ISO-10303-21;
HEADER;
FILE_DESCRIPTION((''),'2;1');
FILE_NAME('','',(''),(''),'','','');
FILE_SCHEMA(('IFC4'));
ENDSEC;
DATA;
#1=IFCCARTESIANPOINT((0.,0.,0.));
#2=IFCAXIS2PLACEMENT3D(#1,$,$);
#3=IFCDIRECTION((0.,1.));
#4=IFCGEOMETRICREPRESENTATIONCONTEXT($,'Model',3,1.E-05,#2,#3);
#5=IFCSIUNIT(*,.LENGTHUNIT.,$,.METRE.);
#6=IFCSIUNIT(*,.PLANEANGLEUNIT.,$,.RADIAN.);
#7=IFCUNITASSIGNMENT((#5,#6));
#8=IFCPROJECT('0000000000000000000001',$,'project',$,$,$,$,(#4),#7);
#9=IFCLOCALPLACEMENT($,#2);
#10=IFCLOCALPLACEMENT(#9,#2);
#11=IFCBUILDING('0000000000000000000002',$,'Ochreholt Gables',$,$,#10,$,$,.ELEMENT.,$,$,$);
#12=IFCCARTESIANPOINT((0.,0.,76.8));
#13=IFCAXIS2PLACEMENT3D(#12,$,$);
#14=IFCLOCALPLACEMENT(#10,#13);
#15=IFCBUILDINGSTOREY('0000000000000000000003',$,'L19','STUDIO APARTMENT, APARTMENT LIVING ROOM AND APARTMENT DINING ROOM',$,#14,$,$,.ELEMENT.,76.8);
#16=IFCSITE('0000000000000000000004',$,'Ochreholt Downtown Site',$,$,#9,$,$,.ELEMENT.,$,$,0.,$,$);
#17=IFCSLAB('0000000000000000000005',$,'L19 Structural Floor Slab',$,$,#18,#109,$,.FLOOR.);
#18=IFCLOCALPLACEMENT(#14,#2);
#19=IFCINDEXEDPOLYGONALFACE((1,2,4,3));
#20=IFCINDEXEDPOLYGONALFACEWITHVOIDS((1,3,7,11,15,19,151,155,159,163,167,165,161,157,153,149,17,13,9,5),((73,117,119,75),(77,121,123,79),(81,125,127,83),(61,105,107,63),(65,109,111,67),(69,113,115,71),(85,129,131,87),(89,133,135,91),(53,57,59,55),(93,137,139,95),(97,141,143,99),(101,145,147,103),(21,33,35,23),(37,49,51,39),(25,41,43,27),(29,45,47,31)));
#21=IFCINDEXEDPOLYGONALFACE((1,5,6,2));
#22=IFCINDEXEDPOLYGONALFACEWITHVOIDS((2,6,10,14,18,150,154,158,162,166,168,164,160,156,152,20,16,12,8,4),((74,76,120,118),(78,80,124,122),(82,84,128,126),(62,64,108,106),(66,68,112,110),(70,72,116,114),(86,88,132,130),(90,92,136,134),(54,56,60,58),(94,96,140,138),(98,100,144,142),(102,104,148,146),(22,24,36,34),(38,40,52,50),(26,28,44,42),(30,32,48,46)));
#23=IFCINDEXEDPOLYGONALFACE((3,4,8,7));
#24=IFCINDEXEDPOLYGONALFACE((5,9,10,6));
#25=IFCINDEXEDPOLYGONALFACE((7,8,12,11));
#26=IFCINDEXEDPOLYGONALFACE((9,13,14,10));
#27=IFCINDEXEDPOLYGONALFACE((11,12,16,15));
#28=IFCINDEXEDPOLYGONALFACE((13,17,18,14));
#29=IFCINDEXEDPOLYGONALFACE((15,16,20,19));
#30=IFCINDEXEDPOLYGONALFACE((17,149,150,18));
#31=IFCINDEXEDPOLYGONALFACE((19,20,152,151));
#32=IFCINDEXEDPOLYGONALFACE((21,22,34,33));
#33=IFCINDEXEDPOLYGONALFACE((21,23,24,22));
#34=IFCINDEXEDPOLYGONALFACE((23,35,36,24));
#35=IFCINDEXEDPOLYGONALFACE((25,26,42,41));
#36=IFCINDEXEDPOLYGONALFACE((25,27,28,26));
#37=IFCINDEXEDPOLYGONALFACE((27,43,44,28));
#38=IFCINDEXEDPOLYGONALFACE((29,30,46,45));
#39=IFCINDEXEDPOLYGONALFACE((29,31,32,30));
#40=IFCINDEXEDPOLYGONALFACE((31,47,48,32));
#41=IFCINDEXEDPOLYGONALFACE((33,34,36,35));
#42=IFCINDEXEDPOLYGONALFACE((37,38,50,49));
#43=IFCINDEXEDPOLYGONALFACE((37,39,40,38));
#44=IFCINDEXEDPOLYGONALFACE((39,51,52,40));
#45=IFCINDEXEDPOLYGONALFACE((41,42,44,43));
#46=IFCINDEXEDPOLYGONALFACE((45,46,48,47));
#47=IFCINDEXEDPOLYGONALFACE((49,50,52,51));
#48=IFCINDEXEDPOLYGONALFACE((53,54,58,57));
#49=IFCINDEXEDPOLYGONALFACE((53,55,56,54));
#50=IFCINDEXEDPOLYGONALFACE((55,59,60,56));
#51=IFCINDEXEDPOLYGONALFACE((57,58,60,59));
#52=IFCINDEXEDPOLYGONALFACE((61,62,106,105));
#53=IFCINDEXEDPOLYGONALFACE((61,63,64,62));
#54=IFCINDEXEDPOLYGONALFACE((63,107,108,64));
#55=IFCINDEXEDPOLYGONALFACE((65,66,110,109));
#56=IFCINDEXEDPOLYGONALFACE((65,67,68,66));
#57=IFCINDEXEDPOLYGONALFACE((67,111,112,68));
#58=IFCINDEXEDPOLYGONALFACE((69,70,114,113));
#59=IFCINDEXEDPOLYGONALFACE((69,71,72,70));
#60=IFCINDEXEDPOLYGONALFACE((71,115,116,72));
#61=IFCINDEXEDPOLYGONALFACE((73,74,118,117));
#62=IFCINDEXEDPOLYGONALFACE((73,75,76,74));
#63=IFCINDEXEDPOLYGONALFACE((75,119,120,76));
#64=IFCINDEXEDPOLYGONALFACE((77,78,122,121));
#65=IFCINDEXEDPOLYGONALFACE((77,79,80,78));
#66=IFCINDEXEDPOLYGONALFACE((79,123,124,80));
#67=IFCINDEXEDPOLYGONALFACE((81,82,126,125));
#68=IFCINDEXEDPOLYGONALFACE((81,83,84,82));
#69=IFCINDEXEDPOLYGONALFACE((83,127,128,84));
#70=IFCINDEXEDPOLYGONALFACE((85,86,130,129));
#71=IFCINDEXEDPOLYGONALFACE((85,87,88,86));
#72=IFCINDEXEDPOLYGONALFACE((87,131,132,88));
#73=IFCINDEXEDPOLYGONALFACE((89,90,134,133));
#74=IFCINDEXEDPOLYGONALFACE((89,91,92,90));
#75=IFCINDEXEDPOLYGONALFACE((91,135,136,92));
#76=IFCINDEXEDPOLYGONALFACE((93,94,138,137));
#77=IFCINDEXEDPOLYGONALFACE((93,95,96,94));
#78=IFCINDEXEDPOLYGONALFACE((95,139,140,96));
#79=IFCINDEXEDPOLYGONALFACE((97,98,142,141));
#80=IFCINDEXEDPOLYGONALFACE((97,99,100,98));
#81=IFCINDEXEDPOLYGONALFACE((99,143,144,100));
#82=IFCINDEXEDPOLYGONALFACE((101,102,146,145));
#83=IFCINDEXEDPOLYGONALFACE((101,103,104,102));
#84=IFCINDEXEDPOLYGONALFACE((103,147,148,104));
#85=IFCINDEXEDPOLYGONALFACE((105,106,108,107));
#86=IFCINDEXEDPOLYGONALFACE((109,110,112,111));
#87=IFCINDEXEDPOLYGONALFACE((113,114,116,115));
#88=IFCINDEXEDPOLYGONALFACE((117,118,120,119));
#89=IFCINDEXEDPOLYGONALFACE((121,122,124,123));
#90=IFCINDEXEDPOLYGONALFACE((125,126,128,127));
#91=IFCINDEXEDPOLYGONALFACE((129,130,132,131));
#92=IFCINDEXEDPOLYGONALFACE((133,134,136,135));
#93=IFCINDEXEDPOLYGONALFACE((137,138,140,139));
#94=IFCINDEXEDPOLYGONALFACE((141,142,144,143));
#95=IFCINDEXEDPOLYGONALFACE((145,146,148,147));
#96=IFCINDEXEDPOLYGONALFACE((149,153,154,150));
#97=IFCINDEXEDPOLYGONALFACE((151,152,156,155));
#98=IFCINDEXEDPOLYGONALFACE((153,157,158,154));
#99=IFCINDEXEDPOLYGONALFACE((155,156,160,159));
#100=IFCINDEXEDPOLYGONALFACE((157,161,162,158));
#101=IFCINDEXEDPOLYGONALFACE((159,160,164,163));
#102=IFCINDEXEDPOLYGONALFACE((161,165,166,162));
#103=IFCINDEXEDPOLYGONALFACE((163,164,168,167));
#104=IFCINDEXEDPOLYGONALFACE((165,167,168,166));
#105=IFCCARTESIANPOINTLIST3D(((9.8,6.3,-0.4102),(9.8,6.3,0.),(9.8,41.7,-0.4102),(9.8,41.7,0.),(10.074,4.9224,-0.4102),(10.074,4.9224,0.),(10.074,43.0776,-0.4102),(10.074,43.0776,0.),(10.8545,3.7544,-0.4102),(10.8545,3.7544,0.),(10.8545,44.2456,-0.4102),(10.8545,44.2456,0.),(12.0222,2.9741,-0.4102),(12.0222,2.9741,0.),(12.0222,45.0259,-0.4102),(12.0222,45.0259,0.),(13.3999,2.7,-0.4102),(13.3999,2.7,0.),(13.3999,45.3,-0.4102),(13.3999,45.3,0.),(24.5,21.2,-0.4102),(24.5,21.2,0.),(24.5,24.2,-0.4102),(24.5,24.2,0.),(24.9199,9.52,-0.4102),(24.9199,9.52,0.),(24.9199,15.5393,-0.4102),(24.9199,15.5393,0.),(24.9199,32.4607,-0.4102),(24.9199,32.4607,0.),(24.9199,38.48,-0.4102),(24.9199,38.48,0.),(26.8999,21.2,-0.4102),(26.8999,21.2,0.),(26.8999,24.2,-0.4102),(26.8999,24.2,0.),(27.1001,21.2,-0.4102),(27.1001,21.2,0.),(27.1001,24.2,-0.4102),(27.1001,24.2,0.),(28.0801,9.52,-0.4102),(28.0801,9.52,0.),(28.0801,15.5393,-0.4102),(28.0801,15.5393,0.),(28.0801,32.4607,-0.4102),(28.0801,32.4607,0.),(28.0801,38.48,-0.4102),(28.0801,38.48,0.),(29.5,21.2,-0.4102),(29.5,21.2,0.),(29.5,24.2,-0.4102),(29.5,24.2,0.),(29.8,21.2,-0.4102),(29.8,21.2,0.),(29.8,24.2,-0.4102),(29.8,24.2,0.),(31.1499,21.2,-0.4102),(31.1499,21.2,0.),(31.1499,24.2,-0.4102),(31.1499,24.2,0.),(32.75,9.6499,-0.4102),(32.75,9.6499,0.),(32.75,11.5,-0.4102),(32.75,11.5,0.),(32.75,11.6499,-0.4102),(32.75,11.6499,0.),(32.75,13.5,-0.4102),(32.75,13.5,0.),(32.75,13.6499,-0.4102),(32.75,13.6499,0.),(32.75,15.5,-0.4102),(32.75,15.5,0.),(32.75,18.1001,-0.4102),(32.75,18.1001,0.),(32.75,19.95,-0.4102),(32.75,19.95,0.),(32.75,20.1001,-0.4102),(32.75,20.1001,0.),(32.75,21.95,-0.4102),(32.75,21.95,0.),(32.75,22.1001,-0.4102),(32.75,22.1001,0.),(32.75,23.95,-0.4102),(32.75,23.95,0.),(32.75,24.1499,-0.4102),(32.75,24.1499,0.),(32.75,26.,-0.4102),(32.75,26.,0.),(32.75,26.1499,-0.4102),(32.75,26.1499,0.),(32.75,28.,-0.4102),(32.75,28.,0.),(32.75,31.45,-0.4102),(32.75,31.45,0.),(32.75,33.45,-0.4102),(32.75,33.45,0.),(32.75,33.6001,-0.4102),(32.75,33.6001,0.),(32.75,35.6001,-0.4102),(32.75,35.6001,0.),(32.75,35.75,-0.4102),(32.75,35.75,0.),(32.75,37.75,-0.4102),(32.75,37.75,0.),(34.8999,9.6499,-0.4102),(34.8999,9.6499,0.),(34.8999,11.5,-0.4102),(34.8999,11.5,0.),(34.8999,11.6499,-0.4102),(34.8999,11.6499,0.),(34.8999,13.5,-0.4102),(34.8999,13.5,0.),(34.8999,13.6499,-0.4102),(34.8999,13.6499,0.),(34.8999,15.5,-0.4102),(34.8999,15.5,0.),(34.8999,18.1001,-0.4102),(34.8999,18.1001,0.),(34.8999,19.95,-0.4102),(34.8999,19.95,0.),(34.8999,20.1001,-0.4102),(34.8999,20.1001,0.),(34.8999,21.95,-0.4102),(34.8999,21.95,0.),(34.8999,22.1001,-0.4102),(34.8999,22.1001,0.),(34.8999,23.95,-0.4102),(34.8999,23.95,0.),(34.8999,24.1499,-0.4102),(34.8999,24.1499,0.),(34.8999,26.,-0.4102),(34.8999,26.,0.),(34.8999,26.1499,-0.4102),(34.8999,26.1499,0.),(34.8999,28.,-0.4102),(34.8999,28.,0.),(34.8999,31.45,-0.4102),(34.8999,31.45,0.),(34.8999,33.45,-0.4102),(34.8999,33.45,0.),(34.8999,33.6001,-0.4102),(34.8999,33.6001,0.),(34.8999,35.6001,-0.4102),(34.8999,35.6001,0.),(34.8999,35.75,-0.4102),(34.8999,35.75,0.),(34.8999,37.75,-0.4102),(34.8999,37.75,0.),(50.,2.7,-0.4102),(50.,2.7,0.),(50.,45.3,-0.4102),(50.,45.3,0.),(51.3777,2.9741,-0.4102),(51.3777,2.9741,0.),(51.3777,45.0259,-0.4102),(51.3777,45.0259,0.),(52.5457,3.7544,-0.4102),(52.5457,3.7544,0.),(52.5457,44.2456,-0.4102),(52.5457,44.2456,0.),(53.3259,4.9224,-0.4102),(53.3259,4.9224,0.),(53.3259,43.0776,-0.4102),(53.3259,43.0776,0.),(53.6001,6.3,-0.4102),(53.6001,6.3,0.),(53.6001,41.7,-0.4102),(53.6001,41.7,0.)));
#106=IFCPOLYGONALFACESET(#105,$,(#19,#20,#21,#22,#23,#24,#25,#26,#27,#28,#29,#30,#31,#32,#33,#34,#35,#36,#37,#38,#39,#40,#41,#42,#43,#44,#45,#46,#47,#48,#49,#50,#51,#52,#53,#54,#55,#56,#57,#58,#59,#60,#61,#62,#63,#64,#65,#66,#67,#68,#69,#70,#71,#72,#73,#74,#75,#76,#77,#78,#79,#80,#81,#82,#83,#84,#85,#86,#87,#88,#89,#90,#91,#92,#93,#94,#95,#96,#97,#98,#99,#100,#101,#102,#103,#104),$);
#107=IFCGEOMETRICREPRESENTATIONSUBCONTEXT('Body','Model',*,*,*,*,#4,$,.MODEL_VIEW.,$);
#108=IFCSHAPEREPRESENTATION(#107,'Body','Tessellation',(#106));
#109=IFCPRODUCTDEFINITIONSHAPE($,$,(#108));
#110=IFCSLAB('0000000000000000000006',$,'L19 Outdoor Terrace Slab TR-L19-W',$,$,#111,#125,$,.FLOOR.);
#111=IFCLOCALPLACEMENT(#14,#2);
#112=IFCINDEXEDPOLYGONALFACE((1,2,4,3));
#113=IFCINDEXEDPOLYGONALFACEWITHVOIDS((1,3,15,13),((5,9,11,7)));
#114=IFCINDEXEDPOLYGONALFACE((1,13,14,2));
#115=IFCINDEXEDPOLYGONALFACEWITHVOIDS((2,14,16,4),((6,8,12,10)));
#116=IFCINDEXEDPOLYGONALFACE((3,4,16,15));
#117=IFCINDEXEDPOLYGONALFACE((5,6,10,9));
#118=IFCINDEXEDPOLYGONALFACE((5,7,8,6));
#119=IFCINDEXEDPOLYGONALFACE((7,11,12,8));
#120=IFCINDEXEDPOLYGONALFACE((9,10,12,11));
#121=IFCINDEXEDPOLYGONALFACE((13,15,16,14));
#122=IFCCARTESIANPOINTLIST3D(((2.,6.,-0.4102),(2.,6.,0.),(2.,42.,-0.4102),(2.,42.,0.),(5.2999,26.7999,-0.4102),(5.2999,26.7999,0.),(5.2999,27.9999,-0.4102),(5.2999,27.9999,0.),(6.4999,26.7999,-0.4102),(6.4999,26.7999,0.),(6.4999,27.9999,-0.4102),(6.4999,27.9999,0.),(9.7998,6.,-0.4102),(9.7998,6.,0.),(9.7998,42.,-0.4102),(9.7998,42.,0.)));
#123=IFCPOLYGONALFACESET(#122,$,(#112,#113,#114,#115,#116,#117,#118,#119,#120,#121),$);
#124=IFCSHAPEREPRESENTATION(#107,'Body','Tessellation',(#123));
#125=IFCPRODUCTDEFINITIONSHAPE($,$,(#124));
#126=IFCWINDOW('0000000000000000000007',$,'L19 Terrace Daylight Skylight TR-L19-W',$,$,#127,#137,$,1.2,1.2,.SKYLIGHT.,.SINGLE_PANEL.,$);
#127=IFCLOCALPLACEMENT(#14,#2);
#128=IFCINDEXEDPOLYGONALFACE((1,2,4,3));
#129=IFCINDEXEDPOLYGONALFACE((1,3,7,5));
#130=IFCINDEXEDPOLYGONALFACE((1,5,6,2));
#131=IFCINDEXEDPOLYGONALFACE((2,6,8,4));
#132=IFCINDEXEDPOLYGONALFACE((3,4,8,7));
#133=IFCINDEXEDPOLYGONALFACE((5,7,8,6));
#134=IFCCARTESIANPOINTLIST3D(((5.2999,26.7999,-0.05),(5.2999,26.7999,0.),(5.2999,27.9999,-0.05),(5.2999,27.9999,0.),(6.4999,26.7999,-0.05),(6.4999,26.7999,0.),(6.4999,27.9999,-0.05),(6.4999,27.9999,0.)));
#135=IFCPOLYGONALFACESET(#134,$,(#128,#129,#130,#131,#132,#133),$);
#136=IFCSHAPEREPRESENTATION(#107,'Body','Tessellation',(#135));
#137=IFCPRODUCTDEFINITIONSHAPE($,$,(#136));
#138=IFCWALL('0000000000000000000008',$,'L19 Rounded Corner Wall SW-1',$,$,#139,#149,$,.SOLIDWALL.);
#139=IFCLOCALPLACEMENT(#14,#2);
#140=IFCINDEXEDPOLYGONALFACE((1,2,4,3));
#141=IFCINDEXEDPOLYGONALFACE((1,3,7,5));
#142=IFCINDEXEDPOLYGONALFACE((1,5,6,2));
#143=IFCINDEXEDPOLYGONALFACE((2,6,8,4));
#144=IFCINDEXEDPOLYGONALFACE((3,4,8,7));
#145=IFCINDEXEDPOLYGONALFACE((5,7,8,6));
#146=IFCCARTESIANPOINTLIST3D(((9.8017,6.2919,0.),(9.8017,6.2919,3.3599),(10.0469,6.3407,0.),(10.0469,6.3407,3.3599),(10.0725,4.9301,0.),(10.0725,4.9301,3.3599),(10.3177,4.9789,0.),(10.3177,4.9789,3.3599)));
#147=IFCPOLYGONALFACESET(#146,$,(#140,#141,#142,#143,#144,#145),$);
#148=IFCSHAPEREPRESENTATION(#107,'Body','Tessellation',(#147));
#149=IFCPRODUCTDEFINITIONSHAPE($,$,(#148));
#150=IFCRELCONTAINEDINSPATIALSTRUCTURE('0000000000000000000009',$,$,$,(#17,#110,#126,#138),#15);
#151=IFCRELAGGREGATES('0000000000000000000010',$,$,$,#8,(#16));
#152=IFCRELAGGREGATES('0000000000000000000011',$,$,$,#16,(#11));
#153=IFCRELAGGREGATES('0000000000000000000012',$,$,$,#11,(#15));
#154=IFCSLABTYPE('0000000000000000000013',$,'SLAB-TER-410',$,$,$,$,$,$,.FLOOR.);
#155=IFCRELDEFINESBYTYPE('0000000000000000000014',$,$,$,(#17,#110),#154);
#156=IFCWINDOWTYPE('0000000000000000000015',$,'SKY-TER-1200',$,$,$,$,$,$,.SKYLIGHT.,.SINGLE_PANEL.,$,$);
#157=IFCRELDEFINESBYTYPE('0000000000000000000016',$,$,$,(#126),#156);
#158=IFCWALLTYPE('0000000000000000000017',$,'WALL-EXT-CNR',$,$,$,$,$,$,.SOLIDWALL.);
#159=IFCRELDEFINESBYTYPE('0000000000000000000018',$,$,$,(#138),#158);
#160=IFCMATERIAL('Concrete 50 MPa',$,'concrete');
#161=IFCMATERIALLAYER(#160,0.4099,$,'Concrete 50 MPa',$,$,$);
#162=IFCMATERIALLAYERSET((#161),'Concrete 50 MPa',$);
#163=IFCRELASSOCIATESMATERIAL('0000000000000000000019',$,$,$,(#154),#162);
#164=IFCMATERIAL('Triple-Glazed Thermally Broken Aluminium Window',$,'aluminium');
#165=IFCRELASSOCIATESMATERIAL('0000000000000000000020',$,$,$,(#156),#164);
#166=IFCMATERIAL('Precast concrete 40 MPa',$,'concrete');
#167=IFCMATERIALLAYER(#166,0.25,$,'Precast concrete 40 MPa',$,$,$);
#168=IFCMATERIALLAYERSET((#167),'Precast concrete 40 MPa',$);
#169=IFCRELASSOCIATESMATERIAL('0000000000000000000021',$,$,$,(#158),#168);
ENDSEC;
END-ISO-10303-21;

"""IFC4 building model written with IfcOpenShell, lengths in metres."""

from ifc_helpers import new_model, si_unit, direction, frame, frame_2d, origin, origin_2d, place, context, subcontext, project, spatial, polyline, rectangle, outline, extrude, material, layer, layer_set, type_object, element, fill, save


model = new_model("IFC4")

# Units and contexts
model_context = context("Model", 3, precision=1e-05, world=origin(), true_north=direction((0.0, 1.0)))
body_context = subcontext(model_context, "Body", "Model", "MODEL_VIEW")
ifc_project = project(units=[si_unit("LENGTHUNIT", "METRE"), si_unit("PLANEANGLEUNIT", "RADIAN")], contexts=[model_context])

# Site, building, storey
site_placement = place(None, origin())
site = spatial("IfcSite", under=ifc_project, at=site_placement, Name="Ochreholt Downtown Site", CompositionType="ELEMENT", RefElevation=0.0)
building_placement = place(site_placement, origin())
building = spatial("IfcBuilding", under=site, at=building_placement, Name="Ochreholt Gables", CompositionType="ELEMENT")
storey_placement = place(building_placement, frame((0.0, 0.0, 76.8)))
storey = spatial("IfcBuildingStorey", under=building, at=storey_placement, Name="L19", Description="STUDIO APARTMENT, APARTMENT LIVING ROOM AND APARTMENT DINING ROOM", CompositionType="ELEMENT", Elevation=76.8)

# Slab
ifc_material_1 = material(Name="Precast concrete 40 MPa", Category="concrete")
ifc_material_2 = material(Name="Concrete 50 MPa", Category="concrete")
ifc_layer_1 = layer(ifc_material_2, 0.4099, Name="Concrete 50 MPa")
ifc_layer_set_1 = layer_set([ifc_layer_1], Name="Concrete 50 MPa")
slab_type_1 = type_object("IfcSlabType", Name="SLAB-TER-410", PredefinedType="FLOOR", material=ifc_layer_set_1)
slab_1_placement = place(storey_placement, frame((0.0, 0.0, -0.4102)))
element("IfcSlab", 1, at=slab_1_placement, inside=storey, type_object=slab_type_1, Name="L19 Structural Floor Slab", PredefinedType="FLOOR", context=body_context, shape_type="SweptSolid", body=[
    extrude(outline(polyline([(9.8, 6.3), (10.074, 4.9224), (10.8545, 3.7544), (12.0222, 2.9741), (13.3999, 2.7), (50.0, 2.7), (51.3777, 2.9741), (52.5457, 3.7544), (53.3259, 4.9224), (53.6001, 6.3), (53.6001, 41.7), (53.3259, 43.0776), (52.5457, 44.2456), (51.3777, 45.0259), (50.0, 45.3), (13.3999, 45.3), (12.0222, 45.0259), (10.8545, 44.2456), (10.074, 43.0776), (9.8, 41.7), (9.8, 6.3)]), holes=[polyline([(24.9199, 15.5393), (24.9199, 9.52), (28.0801, 9.52), (28.0801, 15.5393), (24.9199, 15.5393)]), polyline([(28.0801, 32.4607), (28.0801, 38.48), (24.9199, 38.48), (24.9199, 32.4607), (28.0801, 32.4607)]), polyline([(24.5, 21.2), (26.8999, 21.2), (26.8999, 24.2), (24.5, 24.2), (24.5, 21.2)]), polyline([(27.1001, 21.2), (29.5, 21.2), (29.5, 24.2), (27.1001, 24.2), (27.1001, 21.2)]), polyline([(32.75, 9.6499), (34.8999, 9.6499), (34.8999, 11.5), (32.75, 11.5), (32.75, 9.6499)]), polyline([(32.75, 11.6499), (34.8999, 11.6499), (34.8999, 13.5), (32.75, 13.5), (32.75, 11.6499)]), polyline([(32.75, 13.6499), (34.8999, 13.6499), (34.8999, 15.5), (32.75, 15.5), (32.75, 13.6499)]), polyline([(32.75, 18.1001), (34.8999, 18.1001), (34.8999, 19.95), (32.75, 19.95), (32.75, 18.1001)]), polyline([(32.75, 20.1001), (34.8999, 20.1001), (34.8999, 21.95), (32.75, 21.95), (32.75, 20.1001)]), polyline([(32.75, 22.1001), (34.8999, 22.1001), (34.8999, 23.95), (32.75, 23.95), (32.75, 22.1001)]), polyline([(32.75, 24.1499), (34.8999, 24.1499), (34.8999, 26.0), (32.75, 26.0), (32.75, 24.1499)]), polyline([(32.75, 26.1499), (34.8999, 26.1499), (34.8999, 28.0), (32.75, 28.0), (32.75, 26.1499)]), polyline([(32.75, 31.45), (34.8999, 31.45), (34.8999, 33.45), (32.75, 33.45), (32.75, 31.45)]), polyline([(32.75, 33.6001), (34.8999, 33.6001), (34.8999, 35.6001), (32.75, 35.6001), (32.75, 33.6001)]), polyline([(32.75, 35.75), (34.8999, 35.75), (34.8999, 37.75), (32.75, 37.75), (32.75, 35.75)]), polyline([(29.8, 21.2), (31.1499, 21.2), (31.1499, 24.2), (29.8, 24.2), (29.8, 21.2)])]), origin(), (0.0, 0.0, 1.0), 0.4102),
])

# Slab, opening, window
slab_2_placement = place(storey_placement, frame((0.0, 0.0, -0.4102)))
slab_2 = element("IfcSlab", 2, at=slab_2_placement, inside=storey, type_object=slab_type_1, Name="L19 Outdoor Terrace Slab TR-L19-W", PredefinedType="FLOOR", context=body_context, shape_type="SweptSolid", body=[
    extrude(outline(polyline([(2.0, 6.0), (9.7998, 6.0), (9.7998, 42.0), (2.0, 42.0), (2.0, 6.0)])), origin(), (0.0, 0.0, 1.0), 0.4102),
])
opening_1_placement = place(slab_2_placement, frame((5.8999, 27.3999, 0.0)))
opening_1 = element("IfcOpeningElement", 3, at=opening_1_placement, cuts=slab_2, PredefinedType="OPENING", context=body_context, shape_type="SweptSolid", body=[
    extrude(rectangle(XDim=1.2, YDim=1.2, at=origin_2d()), frame((0.0, 0.0, -0.01)), (0.0, 0.0, 1.0), 0.4302),
])
ifc_material_3 = material(Name="Triple-Glazed Thermally Broken Aluminium Window", Category="aluminium")
window_type_1 = type_object("IfcWindowType", Name="SKY-TER-1200", PartitioningType="SINGLE_PANEL", PredefinedType="SKYLIGHT", material=ifc_material_3)
window_1_placement = place(opening_1_placement, frame((0.0, 0.0, 0.3601)))
window_1 = element("IfcWindow", 4, at=window_1_placement, inside=storey, type_object=window_type_1, Name="L19 Terrace Daylight Skylight TR-L19-W", OverallHeight=1.2, OverallWidth=1.2, PartitioningType="SINGLE_PANEL", PredefinedType="SKYLIGHT", context=body_context, shape_type="SweptSolid", body=[
    extrude(rectangle(XDim=1.2, YDim=1.2, at=origin_2d()), origin(), (0.0, 0.0, 1.0), 0.05),
])
fill(opening_1, window_1)

# Wall
ifc_layer_2 = layer(ifc_material_1, 0.25, Name="Precast concrete 40 MPa")
ifc_layer_set_2 = layer_set([ifc_layer_2], Name="Precast concrete 40 MPa")
wall_type_1 = type_object("IfcWallType", Name="WALL-EXT-CNR", PredefinedType="SOLIDWALL", material=ifc_layer_set_2)
wall_1_placement = place(storey_placement, frame((9.9243, 6.3164, 0.0), z_axis=(0.0, 0.0, 1.0), x_axis=(0.195, -0.980803, 0.0)))
element("IfcWall", 5, at=wall_1_placement, inside=storey, type_object=wall_type_1, Name="L19 Rounded Corner Wall SW-1", PredefinedType="SOLIDWALL", context=body_context, shape_type="SweptSolid", body=[
    extrude(rectangle(XDim=1.3884, YDim=0.25, at=frame_2d((0.6943, 0.0))), origin(), (0.0, 0.0, 1.0), 3.3599),
])

save(model, "model.ifc")
